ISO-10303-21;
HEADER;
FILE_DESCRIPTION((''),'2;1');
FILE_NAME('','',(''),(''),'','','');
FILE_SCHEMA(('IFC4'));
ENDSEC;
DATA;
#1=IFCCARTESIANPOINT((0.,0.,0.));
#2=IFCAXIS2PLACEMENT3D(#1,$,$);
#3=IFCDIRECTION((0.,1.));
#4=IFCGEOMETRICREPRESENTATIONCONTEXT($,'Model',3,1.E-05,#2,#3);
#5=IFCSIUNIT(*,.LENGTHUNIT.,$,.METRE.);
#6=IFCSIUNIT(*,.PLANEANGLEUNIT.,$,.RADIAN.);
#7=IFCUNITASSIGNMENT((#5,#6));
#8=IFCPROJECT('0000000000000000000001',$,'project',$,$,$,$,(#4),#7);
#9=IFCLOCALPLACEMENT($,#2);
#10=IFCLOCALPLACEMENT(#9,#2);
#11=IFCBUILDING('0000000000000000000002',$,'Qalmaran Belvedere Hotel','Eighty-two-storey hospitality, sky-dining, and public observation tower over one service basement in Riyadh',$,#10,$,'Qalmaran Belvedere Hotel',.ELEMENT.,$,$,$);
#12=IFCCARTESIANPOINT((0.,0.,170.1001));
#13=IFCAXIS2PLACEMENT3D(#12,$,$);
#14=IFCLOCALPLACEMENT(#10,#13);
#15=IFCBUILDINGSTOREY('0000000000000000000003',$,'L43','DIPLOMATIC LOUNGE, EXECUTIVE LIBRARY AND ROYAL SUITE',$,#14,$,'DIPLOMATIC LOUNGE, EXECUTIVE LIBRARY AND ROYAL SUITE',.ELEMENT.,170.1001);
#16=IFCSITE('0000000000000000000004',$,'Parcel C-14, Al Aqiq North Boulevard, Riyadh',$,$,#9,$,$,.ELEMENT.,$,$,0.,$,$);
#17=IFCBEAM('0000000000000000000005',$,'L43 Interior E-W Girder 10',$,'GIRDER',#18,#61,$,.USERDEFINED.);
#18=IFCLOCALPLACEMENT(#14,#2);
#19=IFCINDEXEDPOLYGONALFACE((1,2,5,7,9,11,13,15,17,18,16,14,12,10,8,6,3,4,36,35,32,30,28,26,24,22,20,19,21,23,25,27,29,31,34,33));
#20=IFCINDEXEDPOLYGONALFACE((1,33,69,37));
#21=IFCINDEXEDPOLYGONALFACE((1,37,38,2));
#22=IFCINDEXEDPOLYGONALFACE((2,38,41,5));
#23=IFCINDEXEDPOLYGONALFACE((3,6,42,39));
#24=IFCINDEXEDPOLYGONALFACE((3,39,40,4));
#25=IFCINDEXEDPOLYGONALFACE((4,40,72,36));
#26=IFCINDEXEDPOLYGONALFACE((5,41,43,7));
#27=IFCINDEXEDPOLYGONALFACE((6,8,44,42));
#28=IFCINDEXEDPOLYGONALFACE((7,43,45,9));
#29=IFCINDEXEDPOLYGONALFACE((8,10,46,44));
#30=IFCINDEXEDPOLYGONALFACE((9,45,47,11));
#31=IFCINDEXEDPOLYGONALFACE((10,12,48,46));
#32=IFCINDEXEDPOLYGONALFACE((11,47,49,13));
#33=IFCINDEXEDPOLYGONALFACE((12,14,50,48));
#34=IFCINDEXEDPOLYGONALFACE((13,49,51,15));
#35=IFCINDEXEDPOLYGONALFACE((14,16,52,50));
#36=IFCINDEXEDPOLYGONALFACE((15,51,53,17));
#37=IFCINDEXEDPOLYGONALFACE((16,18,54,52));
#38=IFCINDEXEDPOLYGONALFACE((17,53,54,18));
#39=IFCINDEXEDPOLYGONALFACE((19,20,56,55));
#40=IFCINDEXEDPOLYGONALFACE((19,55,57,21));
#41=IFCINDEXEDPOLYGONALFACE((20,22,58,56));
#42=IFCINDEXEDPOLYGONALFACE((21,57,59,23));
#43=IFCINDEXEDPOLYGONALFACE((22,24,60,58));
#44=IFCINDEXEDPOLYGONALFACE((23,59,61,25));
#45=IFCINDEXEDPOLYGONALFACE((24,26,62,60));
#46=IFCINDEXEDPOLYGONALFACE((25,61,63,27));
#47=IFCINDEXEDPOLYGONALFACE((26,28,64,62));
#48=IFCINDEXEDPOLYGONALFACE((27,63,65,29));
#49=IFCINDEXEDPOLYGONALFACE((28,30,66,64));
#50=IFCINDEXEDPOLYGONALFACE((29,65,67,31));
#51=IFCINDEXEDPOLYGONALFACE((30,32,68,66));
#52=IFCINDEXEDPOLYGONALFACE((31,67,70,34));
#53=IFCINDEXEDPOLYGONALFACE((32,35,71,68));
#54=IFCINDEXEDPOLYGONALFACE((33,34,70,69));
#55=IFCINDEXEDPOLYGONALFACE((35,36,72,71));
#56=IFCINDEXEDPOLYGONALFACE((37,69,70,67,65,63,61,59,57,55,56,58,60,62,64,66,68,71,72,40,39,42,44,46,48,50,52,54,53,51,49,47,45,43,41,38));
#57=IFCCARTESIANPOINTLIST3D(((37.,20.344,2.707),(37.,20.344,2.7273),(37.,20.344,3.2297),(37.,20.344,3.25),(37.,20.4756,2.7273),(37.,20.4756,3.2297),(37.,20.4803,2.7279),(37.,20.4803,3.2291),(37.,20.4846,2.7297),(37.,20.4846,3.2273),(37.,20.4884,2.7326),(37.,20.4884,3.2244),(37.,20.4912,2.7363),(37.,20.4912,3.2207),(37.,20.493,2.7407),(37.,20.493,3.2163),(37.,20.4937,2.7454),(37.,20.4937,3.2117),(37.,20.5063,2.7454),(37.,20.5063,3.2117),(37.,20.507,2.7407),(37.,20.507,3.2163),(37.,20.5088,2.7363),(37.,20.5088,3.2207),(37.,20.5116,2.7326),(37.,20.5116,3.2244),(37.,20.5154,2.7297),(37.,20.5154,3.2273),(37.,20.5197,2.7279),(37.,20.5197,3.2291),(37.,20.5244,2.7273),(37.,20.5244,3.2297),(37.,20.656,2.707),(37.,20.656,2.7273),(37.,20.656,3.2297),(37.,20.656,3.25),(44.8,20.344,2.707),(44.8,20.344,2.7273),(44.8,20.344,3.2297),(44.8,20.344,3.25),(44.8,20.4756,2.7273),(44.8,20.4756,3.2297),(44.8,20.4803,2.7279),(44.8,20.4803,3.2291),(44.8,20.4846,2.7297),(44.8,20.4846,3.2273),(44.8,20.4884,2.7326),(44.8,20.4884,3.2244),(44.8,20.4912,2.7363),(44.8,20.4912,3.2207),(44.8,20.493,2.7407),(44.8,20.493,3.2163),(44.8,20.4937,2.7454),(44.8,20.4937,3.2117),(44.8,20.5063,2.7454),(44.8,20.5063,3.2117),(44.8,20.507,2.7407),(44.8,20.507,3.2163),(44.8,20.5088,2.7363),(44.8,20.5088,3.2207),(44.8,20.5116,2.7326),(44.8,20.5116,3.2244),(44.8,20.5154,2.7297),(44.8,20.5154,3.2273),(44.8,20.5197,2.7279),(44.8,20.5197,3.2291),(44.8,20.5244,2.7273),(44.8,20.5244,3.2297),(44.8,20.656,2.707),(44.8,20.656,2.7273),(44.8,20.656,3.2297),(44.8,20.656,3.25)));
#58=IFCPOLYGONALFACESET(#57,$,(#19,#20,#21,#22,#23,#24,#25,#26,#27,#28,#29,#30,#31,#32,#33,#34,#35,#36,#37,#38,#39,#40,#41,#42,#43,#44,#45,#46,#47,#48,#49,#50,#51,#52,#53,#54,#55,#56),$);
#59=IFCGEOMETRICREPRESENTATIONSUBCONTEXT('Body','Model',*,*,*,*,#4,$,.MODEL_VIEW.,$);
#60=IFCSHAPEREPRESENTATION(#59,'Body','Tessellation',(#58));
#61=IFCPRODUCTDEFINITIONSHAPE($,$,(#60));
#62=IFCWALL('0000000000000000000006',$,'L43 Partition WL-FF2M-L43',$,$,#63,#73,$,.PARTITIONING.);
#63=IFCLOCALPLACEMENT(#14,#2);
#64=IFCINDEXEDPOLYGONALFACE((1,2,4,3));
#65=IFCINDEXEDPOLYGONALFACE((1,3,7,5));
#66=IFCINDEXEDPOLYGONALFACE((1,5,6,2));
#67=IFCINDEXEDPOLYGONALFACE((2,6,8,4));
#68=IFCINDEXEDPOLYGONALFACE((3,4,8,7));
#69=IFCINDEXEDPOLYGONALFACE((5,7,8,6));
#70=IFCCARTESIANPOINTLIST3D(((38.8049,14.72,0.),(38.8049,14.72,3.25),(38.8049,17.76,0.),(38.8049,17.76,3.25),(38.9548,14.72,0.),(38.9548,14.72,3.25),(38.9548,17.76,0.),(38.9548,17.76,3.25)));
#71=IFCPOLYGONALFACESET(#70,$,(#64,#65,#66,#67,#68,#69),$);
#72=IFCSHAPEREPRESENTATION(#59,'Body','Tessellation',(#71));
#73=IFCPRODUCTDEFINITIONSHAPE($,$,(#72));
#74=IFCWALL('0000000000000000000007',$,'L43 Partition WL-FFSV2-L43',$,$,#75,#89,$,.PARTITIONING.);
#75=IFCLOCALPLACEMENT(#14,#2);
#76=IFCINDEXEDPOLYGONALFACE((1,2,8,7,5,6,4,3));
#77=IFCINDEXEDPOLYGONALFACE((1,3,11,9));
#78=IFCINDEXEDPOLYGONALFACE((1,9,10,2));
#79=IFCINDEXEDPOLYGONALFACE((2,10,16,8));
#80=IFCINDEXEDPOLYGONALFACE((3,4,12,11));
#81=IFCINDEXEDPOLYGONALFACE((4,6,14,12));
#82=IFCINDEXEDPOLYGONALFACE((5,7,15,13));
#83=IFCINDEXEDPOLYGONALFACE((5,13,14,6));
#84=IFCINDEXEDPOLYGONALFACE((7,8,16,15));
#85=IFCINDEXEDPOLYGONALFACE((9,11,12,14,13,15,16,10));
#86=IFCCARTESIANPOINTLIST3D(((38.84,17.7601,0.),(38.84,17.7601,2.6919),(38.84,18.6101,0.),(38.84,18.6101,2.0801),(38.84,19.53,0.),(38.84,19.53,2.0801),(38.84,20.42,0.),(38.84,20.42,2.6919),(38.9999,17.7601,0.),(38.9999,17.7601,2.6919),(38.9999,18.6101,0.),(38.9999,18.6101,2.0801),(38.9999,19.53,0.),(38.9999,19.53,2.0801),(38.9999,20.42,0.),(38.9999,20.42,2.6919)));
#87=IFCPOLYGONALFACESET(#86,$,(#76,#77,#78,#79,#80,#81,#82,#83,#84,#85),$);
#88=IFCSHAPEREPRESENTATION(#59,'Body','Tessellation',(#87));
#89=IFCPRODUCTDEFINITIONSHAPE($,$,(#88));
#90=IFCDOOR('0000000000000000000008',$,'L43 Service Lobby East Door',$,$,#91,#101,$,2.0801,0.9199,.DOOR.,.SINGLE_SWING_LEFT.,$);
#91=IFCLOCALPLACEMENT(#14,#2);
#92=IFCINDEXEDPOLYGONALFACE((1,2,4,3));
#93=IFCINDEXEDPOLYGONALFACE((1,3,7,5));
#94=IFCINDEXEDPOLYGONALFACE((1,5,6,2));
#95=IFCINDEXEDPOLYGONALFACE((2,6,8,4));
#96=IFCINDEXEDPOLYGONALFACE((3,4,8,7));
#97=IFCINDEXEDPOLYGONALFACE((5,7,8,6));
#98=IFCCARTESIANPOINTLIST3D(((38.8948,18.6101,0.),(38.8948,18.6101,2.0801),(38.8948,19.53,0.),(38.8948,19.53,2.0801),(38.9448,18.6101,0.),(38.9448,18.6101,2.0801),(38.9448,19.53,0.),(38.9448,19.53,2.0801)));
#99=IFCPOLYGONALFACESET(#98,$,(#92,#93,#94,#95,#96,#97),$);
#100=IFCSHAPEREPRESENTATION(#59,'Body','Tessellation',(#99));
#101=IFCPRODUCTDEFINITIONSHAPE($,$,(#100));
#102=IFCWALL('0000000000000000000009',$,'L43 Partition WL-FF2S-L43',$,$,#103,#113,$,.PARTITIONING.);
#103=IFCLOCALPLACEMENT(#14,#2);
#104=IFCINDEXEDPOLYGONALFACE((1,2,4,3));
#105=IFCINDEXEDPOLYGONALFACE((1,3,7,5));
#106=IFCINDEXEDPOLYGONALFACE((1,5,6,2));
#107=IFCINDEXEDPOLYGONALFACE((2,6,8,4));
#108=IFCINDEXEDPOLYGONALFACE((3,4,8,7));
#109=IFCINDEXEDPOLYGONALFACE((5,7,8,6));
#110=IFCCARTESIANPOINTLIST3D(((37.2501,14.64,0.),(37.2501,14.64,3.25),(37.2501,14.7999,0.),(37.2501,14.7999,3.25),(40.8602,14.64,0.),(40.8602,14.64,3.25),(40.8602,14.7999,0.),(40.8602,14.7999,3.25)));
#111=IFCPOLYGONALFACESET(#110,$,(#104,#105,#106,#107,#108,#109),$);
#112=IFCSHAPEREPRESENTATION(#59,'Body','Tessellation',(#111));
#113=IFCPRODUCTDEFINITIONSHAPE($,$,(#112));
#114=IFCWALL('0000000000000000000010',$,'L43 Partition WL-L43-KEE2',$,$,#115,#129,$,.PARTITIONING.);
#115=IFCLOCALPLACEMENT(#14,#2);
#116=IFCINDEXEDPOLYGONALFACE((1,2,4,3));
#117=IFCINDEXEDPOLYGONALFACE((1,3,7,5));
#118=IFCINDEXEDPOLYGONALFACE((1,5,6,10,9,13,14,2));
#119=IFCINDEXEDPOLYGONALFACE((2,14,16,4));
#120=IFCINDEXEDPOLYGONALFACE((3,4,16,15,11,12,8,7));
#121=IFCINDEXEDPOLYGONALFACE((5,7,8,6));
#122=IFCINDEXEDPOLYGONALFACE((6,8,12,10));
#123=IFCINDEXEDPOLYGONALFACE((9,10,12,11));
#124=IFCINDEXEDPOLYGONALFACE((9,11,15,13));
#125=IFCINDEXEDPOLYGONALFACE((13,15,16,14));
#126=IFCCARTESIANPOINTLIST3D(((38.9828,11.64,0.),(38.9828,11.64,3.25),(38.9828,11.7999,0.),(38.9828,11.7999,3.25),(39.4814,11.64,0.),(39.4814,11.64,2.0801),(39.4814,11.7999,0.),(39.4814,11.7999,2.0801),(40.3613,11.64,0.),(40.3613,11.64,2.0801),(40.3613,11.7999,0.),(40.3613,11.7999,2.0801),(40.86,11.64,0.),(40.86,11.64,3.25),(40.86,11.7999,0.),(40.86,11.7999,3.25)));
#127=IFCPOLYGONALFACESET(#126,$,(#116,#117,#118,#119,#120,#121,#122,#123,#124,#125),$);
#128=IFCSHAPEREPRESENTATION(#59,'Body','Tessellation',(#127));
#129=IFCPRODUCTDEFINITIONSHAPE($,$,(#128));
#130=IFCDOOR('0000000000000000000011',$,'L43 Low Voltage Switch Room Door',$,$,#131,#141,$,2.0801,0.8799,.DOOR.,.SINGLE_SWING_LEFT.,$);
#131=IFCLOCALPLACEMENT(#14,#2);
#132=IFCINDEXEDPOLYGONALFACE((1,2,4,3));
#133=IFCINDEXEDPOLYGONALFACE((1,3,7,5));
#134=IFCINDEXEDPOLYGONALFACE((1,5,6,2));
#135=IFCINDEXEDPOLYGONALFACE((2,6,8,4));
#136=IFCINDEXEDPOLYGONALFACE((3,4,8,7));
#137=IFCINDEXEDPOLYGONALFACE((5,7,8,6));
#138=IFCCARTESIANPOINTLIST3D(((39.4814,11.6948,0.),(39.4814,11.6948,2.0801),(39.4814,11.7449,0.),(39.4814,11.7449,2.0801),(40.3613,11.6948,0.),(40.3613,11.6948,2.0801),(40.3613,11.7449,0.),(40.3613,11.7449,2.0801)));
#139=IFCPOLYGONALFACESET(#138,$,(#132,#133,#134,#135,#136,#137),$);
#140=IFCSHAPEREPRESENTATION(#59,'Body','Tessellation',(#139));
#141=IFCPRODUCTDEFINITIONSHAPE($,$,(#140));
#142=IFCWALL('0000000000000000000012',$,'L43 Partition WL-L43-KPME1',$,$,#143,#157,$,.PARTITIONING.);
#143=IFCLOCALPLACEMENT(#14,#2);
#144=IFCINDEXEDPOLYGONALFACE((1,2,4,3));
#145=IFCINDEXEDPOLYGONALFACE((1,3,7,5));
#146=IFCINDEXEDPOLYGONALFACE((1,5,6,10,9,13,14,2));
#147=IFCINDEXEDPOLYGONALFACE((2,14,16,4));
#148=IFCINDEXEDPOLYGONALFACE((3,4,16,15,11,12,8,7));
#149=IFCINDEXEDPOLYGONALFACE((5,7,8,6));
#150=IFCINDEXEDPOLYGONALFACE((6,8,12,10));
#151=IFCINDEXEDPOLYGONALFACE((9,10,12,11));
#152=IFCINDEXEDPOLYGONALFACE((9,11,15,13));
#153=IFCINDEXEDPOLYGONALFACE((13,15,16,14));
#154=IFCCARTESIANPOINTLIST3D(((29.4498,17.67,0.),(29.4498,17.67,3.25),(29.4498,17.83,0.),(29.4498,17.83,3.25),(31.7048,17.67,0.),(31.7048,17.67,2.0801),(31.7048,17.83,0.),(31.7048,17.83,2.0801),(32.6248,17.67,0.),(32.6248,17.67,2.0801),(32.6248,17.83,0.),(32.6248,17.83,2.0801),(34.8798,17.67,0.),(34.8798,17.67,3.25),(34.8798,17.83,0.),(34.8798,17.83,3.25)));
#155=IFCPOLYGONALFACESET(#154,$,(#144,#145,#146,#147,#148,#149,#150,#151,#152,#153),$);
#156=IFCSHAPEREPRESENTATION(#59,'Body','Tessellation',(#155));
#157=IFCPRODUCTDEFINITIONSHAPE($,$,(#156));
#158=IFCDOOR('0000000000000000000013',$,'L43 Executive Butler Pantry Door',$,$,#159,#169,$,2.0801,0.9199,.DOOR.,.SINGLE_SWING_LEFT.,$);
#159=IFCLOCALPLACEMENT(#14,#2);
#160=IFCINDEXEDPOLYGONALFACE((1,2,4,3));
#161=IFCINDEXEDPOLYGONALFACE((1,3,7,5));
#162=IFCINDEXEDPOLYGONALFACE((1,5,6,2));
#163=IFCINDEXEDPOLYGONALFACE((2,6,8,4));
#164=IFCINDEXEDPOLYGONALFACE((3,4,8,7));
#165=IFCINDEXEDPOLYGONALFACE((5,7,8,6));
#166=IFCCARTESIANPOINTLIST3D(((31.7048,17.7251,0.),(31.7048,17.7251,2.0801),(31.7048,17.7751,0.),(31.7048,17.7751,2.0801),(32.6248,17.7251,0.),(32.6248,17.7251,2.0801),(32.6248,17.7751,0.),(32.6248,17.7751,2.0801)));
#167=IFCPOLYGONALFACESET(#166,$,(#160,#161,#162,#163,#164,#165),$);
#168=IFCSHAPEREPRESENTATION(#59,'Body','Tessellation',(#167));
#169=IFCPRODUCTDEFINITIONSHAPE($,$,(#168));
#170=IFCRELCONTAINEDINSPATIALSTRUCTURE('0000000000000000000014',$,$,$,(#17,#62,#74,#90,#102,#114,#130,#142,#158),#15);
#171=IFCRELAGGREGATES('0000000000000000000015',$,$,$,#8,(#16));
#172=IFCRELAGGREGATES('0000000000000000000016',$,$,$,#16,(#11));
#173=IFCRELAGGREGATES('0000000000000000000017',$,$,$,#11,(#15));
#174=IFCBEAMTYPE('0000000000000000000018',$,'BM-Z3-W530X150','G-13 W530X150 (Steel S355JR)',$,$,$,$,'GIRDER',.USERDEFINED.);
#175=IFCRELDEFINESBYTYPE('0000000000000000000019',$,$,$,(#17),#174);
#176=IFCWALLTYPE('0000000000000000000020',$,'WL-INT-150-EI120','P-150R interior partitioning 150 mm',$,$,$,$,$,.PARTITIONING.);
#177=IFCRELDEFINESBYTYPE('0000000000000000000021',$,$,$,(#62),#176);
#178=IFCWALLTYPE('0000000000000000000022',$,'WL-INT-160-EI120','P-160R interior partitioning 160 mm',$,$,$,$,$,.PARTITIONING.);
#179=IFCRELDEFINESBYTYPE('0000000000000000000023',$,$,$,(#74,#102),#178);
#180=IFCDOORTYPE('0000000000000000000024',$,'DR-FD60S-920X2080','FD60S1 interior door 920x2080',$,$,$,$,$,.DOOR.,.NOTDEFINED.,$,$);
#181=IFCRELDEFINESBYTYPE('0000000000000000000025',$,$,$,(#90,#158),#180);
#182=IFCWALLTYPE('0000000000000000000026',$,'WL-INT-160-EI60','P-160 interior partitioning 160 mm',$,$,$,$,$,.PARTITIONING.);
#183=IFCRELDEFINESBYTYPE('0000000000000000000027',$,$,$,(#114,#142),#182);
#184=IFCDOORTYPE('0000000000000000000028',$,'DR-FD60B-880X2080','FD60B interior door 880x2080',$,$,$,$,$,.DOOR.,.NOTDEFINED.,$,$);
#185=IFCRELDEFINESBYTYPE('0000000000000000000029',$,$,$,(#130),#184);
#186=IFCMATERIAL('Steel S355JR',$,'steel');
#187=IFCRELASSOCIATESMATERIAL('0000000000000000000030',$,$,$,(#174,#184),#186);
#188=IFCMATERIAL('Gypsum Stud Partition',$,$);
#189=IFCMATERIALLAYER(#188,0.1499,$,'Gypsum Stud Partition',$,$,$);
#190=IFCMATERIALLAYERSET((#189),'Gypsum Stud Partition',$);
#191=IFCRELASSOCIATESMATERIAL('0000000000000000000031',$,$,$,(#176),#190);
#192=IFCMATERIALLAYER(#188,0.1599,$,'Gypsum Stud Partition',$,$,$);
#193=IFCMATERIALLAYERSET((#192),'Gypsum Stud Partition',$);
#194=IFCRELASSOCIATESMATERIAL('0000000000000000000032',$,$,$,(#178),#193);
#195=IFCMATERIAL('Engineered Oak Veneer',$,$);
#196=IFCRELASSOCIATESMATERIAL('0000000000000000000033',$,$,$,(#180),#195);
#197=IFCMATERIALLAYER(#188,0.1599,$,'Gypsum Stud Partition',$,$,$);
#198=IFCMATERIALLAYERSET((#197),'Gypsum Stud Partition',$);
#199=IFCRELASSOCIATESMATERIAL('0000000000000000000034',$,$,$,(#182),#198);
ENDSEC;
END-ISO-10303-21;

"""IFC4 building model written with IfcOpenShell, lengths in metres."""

from ifc_helpers import new_model, si_unit, direction, frame, frame_2d, origin, origin_2d, place, context, subcontext, project, spatial, rectangle, i_section, extrude, material, layer, layer_set, material_profile, profile_set, type_object, element, fill, save


model = new_model("IFC4")

# Units and contexts
model_context = context("Model", 3, precision=1e-05, world=origin(), true_north=direction((0.0, 1.0)))
body_context = subcontext(model_context, "Body", "Model", "MODEL_VIEW")
ifc_project = project(units=[si_unit("LENGTHUNIT", "METRE"), si_unit("PLANEANGLEUNIT", "RADIAN")], contexts=[model_context])

# Site, building, storey
site_placement = place(None, origin())
site = spatial("IfcSite", under=ifc_project, at=site_placement, Name="Parcel C-14, Al Aqiq North Boulevard, Riyadh", CompositionType="ELEMENT", RefElevation=0.0)
building_placement = place(site_placement, origin())
building = spatial("IfcBuilding", under=site, at=building_placement, Name="Qalmaran Belvedere Hotel", Description="Eighty-two-storey hospitality, sky-dining, and public observation tower over one service basement in Riyadh", LongName="Qalmaran Belvedere Hotel", CompositionType="ELEMENT")
storey_placement = place(building_placement, frame((0.0, 0.0, 170.1001)))
storey = spatial("IfcBuildingStorey", under=building, at=storey_placement, Name="L43", Description="DIPLOMATIC LOUNGE, EXECUTIVE LIBRARY AND ROYAL SUITE", LongName="DIPLOMATIC LOUNGE, EXECUTIVE LIBRARY AND ROYAL SUITE", CompositionType="ELEMENT", Elevation=170.1001)

# Beam
ifc_material_1 = material(Name="Steel S355JR", Category="steel")
ifc_material_profile_1 = material_profile(ifc_material_1, i_section(OverallWidth=0.312, OverallDepth=0.543, WebThickness=0.0127, FlangeThickness=0.0203, FilletRadius=0.0181, at=origin_2d()), Name="W530X150")
ifc_profile_set_1 = profile_set([ifc_material_profile_1], Name="Steel S355JR")
beam_type_1 = type_object("IfcBeamType", Name="BM-Z3-W530X150", Description="G-13 W530X150 (Steel S355JR)", ElementType="GIRDER", PredefinedType="USERDEFINED", material=ifc_profile_set_1)
for number, where, z_axis, x_axis, name in (
    (1, (37.0, 20.5, 2.9785), (1.0, 0.0, 0.0), (0.0, 1.0, 0.0), "L43 Interior E-W Girder 10"),
):
    element("IfcBeam", number, at=place(storey_placement, frame(where, z_axis=z_axis, x_axis=x_axis)), inside=storey, type_object=beam_type_1, Name=name, ObjectType="GIRDER", PredefinedType="USERDEFINED", context=body_context, shape_type="SweptSolid", body=[
        extrude(i_section(OverallWidth=0.312, OverallDepth=0.543, WebThickness=0.0127, FlangeThickness=0.0203, FilletRadius=0.0181, at=origin_2d()), origin(), (0.0, 0.0, 1.0), 7.8),
    ])

# Wall
ifc_material_2 = material(Name="Gypsum Stud Partition")
ifc_layer_1 = layer(ifc_material_2, 0.1499, Name="Gypsum Stud Partition")
ifc_layer_set_1 = layer_set([ifc_layer_1], Name="Gypsum Stud Partition")
wall_type_1 = type_object("IfcWallType", Name="WL-INT-150-EI120", Description="P-150R interior partitioning 150 mm", PredefinedType="PARTITIONING", material=ifc_layer_set_1)
wall_1_placement = place(storey_placement, frame((38.8799, 14.72, 0.0), z_axis=(0.0, 0.0, 1.0), x_axis=(0.0, 1.0, 0.0)))
element("IfcWall", 2, at=wall_1_placement, inside=storey, type_object=wall_type_1, Name="L43 Partition WL-FF2M-L43", PredefinedType="PARTITIONING", context=body_context, shape_type="SweptSolid", body=[
    extrude(rectangle(XDim=3.04, YDim=0.1499, at=frame_2d((1.52, 0.0))), origin(), (0.0, 0.0, 1.0), 3.25),
])

# Wall, opening, door
ifc_layer_2 = layer(ifc_material_2, 0.1599, Name="Gypsum Stud Partition")
ifc_layer_set_2 = layer_set([ifc_layer_2], Name="Gypsum Stud Partition")
wall_type_2 = type_object("IfcWallType", Name="WL-INT-160-EI120", Description="P-160R interior partitioning 160 mm", PredefinedType="PARTITIONING", material=ifc_layer_set_2)
wall_2_placement = place(storey_placement, frame((38.9199, 17.76, 0.0), z_axis=(0.0, 0.0, 1.0), x_axis=(0.0, 1.0, 0.0)))
wall_2 = element("IfcWall", 3, at=wall_2_placement, inside=storey, type_object=wall_type_2, Name="L43 Partition WL-FFSV2-L43", PredefinedType="PARTITIONING", context=body_context, shape_type="SweptSolid", body=[
    extrude(rectangle(XDim=2.6599, YDim=0.1599, at=frame_2d((1.3301, 0.0))), origin(), (0.0, 0.0, 1.0), 2.6919),
])
opening_1_placement = place(wall_2_placement, frame((1.77, 0.0, 0.0), z_axis=(0.0, 0.0, 1.0), x_axis=(-1.0, 0.0, 0.0)))
opening_1 = element("IfcOpeningElement", 4, at=opening_1_placement, cuts=wall_2, PredefinedType="OPENING", context=body_context, shape_type="SweptSolid", body=[
    extrude(rectangle(XDim=0.9199, YDim=2.0801, at=frame_2d((0.46, 1.04))), frame((0.0, 0.0898, 0.0), z_axis=(0.0, -1.0, 0.0), x_axis=(1.0, 0.0, 0.0)), (0.0, 0.0, 1.0), 0.1799),
])
ifc_material_3 = material(Name="Engineered Oak Veneer")
door_type_1 = type_object("IfcDoorType", Name="DR-FD60S-920X2080", Description="FD60S1 interior door 920x2080", OperationType="NOTDEFINED", PredefinedType="DOOR", material=ifc_material_3)
door_1_placement = place(opening_1_placement, origin())
door_1 = element("IfcDoor", 5, at=door_1_placement, inside=storey, type_object=door_type_1, Name="L43 Service Lobby East Door", OperationType="SINGLE_SWING_LEFT", OverallHeight=2.0801, OverallWidth=0.9199, PredefinedType="DOOR", context=body_context, shape_type="SweptSolid", body=[
    extrude(rectangle(XDim=0.9199, YDim=2.0801, at=frame_2d((0.46, 1.04))), frame((0.0, 0.0249, 0.0), z_axis=(0.0, -1.0, 0.0), x_axis=(1.0, 0.0, 0.0)), (0.0, 0.0, 1.0), 0.05),
])
fill(opening_1, door_1)

# Wall
wall_3_placement = place(storey_placement, frame((37.25, 14.72, 0.0), z_axis=(0.0, 0.0, 1.0), x_axis=(1.0, 0.0, 0.0)))
element("IfcWall", 6, at=wall_3_placement, inside=storey, type_object=wall_type_2, Name="L43 Partition WL-FF2S-L43", PredefinedType="PARTITIONING", context=body_context, shape_type="SweptSolid", body=[
    extrude(rectangle(XDim=3.6101, YDim=0.1599, at=frame_2d((1.8052, 0.0))), origin(), (0.0, 0.0, 1.0), 3.25),
])

# Walls, openings, doors
ifc_layer_3 = layer(ifc_material_2, 0.1599, Name="Gypsum Stud Partition")
ifc_layer_set_3 = layer_set([ifc_layer_3], Name="Gypsum Stud Partition")
wall_type_3 = type_object("IfcWallType", Name="WL-INT-160-EI60", Description="P-160 interior partitioning 160 mm", PredefinedType="PARTITIONING", material=ifc_layer_set_3)
wall_4_placement = place(storey_placement, frame((38.9829, 11.72, 0.0), z_axis=(0.0, 0.0, 1.0), x_axis=(1.0, 0.0, 0.0)))
wall_4 = element("IfcWall", 7, at=wall_4_placement, inside=storey, type_object=wall_type_3, Name="L43 Partition WL-L43-KEE2", PredefinedType="PARTITIONING", context=body_context, shape_type="SweptSolid", body=[
    extrude(rectangle(XDim=1.8772, YDim=0.1599, at=frame_2d((0.9385, 0.0))), origin(), (0.0, 0.0, 1.0), 3.25),
])
opening_2_placement = place(wall_4_placement, frame((0.4985, 0.0, 0.0)))
opening_2 = element("IfcOpeningElement", 8, at=opening_2_placement, cuts=wall_4, PredefinedType="OPENING", context=body_context, shape_type="SweptSolid", body=[
    extrude(rectangle(XDim=0.8799, YDim=2.0801, at=frame_2d((0.4399, 1.04))), frame((0.0, 0.0898, 0.0), z_axis=(0.0, -1.0, 0.0), x_axis=(1.0, 0.0, 0.0)), (0.0, 0.0, 1.0), 0.1799),
])
door_type_2 = type_object("IfcDoorType", Name="DR-FD60B-880X2080", Description="FD60B interior door 880x2080", OperationType="NOTDEFINED", PredefinedType="DOOR", material=ifc_material_1)
door_2_placement = place(opening_2_placement, origin())
door_2 = element("IfcDoor", 9, at=door_2_placement, inside=storey, type_object=door_type_2, Name="L43 Low Voltage Switch Room Door", OperationType="SINGLE_SWING_LEFT", OverallHeight=2.0801, OverallWidth=0.8799, PredefinedType="DOOR", context=body_context, shape_type="SweptSolid", body=[
    extrude(rectangle(XDim=0.8799, YDim=2.0801, at=frame_2d((0.4399, 1.04))), frame((0.0, 0.0249, 0.0), z_axis=(0.0, -1.0, 0.0), x_axis=(1.0, 0.0, 0.0)), (0.0, 0.0, 1.0), 0.05),
])
fill(opening_2, door_2)
wall_5_placement = place(storey_placement, frame((29.45, 17.75, 0.0), z_axis=(0.0, 0.0, 1.0), x_axis=(1.0, 0.0, 0.0)))
wall_5 = element("IfcWall", 10, at=wall_5_placement, inside=storey, type_object=wall_type_3, Name="L43 Partition WL-L43-KPME1", PredefinedType="PARTITIONING", context=body_context, shape_type="SweptSolid", body=[
    extrude(rectangle(XDim=5.4299, YDim=0.1599, at=frame_2d((2.7148, 0.0))), origin(), (0.0, 0.0, 1.0), 3.25),
])
opening_3_placement = place(wall_5_placement, frame((3.1748, 0.0, 0.0), z_axis=(0.0, 0.0, 1.0), x_axis=(-1.0, 0.0, 0.0)))
opening_3 = element("IfcOpeningElement", 11, at=opening_3_placement, cuts=wall_5, PredefinedType="OPENING", context=body_context, shape_type="SweptSolid", body=[
    extrude(rectangle(XDim=0.9199, YDim=2.0801, at=frame_2d((0.46, 1.04))), frame((0.0, 0.0898, 0.0), z_axis=(0.0, -1.0, 0.0), x_axis=(1.0, 0.0, 0.0)), (0.0, 0.0, 1.0), 0.1799),
])
door_3_placement = place(opening_3_placement, origin())
door_3 = element("IfcDoor", 12, at=door_3_placement, inside=storey, type_object=door_type_1, Name="L43 Executive Butler Pantry Door", OperationType="SINGLE_SWING_LEFT", OverallHeight=2.0801, OverallWidth=0.9199, PredefinedType="DOOR", context=body_context, shape_type="SweptSolid", body=[
    extrude(rectangle(XDim=0.9199, YDim=2.0801, at=frame_2d((0.46, 1.04))), frame((0.0, 0.0249, 0.0), z_axis=(0.0, -1.0, 0.0), x_axis=(1.0, 0.0, 0.0)), (0.0, 0.0, 1.0), 0.05),
])
fill(opening_3, door_3)

save(model, "model.ifc")
